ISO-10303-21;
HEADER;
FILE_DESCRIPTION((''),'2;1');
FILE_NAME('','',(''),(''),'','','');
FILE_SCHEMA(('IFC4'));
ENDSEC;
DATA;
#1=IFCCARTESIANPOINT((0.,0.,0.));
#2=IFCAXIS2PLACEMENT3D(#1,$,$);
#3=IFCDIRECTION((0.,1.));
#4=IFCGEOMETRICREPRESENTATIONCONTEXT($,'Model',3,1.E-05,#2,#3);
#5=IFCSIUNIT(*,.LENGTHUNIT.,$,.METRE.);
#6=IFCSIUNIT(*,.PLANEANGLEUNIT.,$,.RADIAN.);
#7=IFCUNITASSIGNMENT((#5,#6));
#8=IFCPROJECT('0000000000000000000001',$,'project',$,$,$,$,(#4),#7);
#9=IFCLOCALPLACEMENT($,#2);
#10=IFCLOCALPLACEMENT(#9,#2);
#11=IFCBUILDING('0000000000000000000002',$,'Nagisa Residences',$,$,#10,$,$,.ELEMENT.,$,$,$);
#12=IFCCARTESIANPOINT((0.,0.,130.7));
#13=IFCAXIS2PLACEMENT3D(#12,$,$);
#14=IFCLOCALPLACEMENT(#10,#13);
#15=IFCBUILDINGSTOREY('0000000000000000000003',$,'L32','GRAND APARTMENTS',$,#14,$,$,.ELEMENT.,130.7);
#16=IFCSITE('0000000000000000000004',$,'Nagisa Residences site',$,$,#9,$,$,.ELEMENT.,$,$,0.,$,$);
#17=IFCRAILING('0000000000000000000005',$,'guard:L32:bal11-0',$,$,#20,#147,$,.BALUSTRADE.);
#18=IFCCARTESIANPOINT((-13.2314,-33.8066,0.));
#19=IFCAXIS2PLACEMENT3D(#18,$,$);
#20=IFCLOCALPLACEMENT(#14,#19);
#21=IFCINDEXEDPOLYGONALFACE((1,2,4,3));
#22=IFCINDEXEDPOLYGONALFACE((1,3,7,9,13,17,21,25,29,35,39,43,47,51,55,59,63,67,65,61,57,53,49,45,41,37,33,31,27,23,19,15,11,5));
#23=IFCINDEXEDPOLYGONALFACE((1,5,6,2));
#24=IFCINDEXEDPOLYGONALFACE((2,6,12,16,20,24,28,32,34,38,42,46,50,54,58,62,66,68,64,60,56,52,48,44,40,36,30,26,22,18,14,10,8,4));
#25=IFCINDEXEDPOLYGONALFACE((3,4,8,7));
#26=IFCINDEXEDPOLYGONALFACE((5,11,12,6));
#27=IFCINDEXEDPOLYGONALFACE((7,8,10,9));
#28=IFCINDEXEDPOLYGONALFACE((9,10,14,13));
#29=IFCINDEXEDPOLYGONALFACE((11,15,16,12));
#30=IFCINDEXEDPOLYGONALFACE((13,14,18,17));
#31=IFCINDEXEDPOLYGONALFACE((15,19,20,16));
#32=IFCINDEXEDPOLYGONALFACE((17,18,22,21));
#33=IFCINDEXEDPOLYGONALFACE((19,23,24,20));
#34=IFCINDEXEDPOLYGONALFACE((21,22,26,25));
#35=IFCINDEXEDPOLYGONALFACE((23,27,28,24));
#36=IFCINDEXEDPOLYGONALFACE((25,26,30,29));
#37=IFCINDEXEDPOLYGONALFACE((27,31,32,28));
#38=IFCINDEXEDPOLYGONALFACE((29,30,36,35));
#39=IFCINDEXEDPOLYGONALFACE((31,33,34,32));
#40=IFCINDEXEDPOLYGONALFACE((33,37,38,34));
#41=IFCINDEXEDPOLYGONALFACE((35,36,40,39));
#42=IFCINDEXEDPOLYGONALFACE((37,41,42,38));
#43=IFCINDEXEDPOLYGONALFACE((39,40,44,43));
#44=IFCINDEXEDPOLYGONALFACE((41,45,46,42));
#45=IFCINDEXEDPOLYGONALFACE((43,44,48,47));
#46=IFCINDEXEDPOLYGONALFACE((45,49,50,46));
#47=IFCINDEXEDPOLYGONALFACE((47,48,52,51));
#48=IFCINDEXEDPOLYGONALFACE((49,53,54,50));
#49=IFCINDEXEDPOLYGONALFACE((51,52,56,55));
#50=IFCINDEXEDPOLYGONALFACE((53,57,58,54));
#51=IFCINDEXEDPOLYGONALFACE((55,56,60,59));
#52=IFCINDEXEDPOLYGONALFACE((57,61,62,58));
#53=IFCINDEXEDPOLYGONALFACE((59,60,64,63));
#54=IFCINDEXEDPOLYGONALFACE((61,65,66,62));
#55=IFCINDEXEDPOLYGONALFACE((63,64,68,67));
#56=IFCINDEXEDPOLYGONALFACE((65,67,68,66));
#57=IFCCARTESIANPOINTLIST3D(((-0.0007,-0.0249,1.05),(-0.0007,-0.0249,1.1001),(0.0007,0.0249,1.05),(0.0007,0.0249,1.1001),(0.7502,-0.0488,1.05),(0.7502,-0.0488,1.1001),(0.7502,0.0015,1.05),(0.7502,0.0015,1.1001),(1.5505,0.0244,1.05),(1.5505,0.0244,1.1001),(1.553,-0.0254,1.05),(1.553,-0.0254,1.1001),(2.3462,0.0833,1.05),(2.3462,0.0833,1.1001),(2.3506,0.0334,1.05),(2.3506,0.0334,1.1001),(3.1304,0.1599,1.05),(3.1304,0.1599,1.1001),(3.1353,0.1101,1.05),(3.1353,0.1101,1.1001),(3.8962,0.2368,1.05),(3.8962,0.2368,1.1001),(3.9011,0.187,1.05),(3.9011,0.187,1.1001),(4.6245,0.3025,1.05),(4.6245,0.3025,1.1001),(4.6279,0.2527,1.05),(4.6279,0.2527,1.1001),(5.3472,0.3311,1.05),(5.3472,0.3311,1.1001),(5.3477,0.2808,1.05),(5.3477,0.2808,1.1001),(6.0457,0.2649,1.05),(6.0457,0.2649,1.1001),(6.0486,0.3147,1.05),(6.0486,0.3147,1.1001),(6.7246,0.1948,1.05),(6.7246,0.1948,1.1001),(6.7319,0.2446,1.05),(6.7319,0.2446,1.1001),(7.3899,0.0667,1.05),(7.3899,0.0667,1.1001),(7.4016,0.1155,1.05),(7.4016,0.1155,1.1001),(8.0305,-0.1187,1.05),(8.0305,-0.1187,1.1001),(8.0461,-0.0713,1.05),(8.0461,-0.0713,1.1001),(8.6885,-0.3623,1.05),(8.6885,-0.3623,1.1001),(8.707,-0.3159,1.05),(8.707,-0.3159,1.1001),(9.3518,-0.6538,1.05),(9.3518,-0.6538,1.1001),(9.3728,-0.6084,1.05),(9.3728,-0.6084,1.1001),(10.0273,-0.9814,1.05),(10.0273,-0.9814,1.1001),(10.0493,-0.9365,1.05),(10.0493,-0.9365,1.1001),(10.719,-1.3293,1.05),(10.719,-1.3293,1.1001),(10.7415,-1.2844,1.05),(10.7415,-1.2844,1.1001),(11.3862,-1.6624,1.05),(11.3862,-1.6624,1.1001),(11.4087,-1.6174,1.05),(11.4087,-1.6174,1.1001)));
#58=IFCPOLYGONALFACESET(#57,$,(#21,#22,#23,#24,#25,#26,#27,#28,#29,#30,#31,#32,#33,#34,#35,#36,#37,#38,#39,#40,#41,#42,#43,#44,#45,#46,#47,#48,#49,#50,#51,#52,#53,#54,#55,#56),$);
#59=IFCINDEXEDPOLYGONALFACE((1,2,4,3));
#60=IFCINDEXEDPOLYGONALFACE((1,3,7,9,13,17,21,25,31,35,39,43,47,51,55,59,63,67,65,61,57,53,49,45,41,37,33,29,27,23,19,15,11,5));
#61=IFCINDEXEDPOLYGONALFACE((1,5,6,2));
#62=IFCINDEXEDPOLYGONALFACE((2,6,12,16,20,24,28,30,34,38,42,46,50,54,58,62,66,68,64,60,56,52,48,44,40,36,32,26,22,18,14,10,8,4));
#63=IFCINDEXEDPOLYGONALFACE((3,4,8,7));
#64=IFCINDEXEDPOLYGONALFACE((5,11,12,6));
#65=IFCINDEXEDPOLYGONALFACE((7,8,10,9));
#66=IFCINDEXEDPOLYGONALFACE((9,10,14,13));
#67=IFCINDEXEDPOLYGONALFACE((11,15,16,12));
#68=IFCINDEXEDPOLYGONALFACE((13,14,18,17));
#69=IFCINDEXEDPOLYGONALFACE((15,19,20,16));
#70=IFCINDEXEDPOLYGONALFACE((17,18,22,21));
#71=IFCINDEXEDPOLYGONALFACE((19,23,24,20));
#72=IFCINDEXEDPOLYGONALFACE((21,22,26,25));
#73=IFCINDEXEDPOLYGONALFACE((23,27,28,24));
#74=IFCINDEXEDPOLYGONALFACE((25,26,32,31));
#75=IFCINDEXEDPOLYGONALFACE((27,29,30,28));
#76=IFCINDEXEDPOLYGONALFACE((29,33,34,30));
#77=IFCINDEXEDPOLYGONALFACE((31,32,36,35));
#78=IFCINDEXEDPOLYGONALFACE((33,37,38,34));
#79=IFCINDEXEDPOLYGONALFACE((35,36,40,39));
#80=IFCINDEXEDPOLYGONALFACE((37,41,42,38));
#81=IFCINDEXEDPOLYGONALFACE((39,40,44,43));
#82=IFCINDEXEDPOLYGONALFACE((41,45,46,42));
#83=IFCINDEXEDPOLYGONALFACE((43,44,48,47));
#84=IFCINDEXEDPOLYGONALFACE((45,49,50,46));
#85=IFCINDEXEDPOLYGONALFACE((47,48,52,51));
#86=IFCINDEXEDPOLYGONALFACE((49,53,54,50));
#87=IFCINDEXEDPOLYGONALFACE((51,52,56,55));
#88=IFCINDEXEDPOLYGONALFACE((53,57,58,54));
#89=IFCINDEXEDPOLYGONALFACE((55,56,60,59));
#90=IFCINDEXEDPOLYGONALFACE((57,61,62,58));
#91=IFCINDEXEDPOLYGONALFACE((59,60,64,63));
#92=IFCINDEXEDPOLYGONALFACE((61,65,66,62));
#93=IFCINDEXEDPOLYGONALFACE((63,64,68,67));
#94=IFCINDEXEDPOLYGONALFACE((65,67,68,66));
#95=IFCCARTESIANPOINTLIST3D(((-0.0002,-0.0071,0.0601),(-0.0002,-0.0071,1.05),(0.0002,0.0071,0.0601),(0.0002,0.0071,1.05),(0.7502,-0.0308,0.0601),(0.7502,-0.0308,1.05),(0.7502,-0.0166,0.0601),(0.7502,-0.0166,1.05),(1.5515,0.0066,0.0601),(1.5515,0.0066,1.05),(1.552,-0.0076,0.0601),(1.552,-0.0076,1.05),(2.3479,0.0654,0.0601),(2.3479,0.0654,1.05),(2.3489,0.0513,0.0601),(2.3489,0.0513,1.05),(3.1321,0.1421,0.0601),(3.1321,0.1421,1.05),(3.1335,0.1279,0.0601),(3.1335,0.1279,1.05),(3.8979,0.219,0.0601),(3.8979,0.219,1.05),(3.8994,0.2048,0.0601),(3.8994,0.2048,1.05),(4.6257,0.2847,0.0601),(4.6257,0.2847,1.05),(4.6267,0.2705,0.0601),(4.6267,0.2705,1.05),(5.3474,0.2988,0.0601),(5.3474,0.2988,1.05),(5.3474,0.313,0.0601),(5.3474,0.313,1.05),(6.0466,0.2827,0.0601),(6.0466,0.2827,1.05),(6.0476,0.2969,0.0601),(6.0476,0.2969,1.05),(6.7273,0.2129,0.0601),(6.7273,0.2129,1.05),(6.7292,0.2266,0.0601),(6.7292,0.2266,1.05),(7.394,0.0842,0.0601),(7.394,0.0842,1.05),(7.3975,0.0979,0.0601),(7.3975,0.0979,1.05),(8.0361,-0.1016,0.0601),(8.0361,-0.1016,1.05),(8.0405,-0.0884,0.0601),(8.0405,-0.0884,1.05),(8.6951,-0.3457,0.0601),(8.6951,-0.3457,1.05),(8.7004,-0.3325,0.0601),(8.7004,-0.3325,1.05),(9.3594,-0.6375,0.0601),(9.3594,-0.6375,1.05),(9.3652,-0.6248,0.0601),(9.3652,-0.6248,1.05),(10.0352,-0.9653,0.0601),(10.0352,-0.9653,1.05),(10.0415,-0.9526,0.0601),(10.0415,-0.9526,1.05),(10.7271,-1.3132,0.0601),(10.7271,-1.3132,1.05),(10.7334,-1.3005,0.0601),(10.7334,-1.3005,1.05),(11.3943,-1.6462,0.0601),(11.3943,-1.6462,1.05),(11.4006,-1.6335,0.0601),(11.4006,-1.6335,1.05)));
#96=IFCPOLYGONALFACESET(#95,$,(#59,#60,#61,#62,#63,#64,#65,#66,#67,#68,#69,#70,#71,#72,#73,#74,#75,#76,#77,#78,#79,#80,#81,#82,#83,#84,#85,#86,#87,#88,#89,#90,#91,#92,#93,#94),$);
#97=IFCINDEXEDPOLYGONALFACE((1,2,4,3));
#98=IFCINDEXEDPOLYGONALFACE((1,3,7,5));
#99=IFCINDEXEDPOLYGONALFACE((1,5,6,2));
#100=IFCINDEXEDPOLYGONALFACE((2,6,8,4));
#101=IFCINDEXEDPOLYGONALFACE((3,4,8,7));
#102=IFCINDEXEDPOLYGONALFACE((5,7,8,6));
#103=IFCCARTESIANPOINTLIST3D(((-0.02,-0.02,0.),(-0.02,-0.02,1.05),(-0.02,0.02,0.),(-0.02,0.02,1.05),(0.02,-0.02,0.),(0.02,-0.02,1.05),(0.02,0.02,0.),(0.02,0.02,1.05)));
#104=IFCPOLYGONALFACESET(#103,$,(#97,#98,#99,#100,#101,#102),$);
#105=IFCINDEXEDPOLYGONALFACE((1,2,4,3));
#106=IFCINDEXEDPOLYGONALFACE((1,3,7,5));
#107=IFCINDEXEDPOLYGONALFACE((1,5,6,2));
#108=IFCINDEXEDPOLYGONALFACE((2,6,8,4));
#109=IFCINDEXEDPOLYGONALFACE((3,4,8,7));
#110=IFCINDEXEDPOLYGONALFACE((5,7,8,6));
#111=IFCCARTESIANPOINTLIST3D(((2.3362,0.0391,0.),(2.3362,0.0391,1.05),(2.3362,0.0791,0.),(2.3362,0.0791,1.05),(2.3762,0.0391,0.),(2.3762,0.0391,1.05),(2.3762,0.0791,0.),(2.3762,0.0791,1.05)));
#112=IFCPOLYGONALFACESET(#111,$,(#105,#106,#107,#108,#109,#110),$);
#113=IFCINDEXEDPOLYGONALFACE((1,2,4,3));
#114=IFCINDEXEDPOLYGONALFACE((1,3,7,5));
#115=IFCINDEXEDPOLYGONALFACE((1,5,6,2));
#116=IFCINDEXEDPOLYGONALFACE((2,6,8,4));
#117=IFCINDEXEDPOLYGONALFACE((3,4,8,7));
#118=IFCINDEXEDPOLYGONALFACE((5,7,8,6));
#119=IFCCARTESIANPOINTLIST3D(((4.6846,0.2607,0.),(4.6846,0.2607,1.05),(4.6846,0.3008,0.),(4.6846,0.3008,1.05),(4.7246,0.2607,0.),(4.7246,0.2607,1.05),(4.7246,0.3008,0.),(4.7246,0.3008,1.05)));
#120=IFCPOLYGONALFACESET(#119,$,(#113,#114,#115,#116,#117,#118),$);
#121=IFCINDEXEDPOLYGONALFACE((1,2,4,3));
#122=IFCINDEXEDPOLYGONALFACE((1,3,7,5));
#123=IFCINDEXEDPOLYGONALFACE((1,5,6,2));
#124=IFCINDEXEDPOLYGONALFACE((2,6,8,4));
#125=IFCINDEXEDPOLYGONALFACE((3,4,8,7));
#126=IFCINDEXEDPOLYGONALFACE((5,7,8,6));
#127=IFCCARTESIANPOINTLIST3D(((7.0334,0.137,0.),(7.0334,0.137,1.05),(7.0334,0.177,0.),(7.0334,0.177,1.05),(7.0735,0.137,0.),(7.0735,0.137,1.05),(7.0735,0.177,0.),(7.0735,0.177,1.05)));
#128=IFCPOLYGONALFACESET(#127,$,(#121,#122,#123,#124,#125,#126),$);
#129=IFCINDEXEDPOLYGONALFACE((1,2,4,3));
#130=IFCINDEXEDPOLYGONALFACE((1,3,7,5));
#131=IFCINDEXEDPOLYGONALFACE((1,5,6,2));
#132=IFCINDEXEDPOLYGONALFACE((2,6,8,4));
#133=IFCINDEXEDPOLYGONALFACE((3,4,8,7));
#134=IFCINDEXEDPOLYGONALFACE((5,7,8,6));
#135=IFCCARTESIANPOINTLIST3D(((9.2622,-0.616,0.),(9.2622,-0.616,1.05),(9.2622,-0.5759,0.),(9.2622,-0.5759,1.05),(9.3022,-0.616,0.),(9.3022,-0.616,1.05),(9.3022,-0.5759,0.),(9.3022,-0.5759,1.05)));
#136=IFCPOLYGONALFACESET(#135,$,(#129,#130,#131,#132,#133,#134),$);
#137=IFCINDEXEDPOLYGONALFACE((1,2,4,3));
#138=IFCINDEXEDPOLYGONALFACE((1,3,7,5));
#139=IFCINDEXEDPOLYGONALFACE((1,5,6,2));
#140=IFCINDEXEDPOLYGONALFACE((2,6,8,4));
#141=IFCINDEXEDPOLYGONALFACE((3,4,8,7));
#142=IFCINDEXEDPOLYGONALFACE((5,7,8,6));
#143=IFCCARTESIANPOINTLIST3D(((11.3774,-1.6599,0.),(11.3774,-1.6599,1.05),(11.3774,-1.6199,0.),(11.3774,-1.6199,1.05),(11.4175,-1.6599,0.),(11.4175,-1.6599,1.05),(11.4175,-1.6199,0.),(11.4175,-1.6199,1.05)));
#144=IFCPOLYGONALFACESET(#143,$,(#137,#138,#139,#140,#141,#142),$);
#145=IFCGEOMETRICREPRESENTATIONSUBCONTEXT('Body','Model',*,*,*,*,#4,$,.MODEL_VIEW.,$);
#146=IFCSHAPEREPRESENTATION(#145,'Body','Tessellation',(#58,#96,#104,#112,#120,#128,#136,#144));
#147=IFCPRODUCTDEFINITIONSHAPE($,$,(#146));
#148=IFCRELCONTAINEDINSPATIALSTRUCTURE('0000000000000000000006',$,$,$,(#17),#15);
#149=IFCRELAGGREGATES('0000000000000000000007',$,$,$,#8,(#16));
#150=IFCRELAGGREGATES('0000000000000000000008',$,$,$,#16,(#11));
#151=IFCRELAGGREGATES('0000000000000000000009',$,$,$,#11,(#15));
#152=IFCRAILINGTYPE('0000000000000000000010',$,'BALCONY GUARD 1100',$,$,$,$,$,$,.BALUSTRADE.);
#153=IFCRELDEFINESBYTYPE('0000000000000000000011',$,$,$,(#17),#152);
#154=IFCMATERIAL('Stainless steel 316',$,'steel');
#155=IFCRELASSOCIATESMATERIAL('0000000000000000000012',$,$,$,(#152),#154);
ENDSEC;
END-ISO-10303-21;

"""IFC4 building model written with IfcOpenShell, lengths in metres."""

from ifc_helpers import new_model, si_unit, direction, frame, origin, origin_2d, place, context, subcontext, project, spatial, polyline, rectangle, outline, extrude, material, type_object, element, save


model = new_model("IFC4")

# Units and contexts
model_context = context("Model", 3, precision=1e-05, world=origin(), true_north=direction((0.0, 1.0)))
body_context = subcontext(model_context, "Body", "Model", "MODEL_VIEW")
ifc_project = project(units=[si_unit("LENGTHUNIT", "METRE"), si_unit("PLANEANGLEUNIT", "RADIAN")], contexts=[model_context])

# Site, building, storey
site_placement = place(None, origin())
site = spatial("IfcSite", under=ifc_project, at=site_placement, Name="Nagisa Residences site", CompositionType="ELEMENT", RefElevation=0.0)
building_placement = place(site_placement, origin())
building = spatial("IfcBuilding", under=site, at=building_placement, Name="Nagisa Residences", CompositionType="ELEMENT")
storey_placement = place(building_placement, frame((0.0, 0.0, 130.7)))
storey = spatial("IfcBuildingStorey", under=building, at=storey_placement, Name="L32", Description="GRAND APARTMENTS", CompositionType="ELEMENT", Elevation=130.7)

# Railing
ifc_material_1 = material(Name="Stainless steel 316", Category="steel")
railing_type = type_object("IfcRailingType", Name="BALCONY GUARD 1100", PredefinedType="BALUSTRADE", material=ifc_material_1)
railing_1_placement = place(storey_placement, frame((-13.2314, -33.8066, 0.0)))
element("IfcRailing", 1, at=railing_1_placement, inside=storey, type_object=railing_type, Name="guard:L32:bal11-0", PredefinedType="BALUSTRADE", context=body_context, shape_type="SweptSolid", body=[
    extrude(outline(polyline([(0.7502, 0.0015), (0.0007, 0.0249), (-0.0007, -0.0249), (0.7502, -0.0488), (1.553, -0.0254), (2.3506, 0.0334), (3.1353, 0.1101), (3.9011, 0.187), (4.6279, 0.2527), (5.3477, 0.2808), (6.0457, 0.2649), (6.7246, 0.1948), (7.3899, 0.0667), (8.0305, -0.1187), (8.6885, -0.3623), (9.3518, -0.6538), (10.0273, -0.9814), (10.719, -1.3293), (11.3862, -1.6624), (11.4087, -1.6174), (10.7415, -1.2844), (10.0493, -0.9365), (9.3728, -0.6084), (8.707, -0.3159), (8.0461, -0.0713), (7.4016, 0.1155), (6.7319, 0.2446), (6.0486, 0.3147), (5.3472, 0.3311), (4.6245, 0.3025), (3.8962, 0.2368), (3.1304, 0.1599), (2.3462, 0.0833), (1.5505, 0.0244), (0.7502, 0.0015)])), frame((0.0, 0.0, 1.05)), (0.0, 0.0, 1.0), 0.05),
    extrude(outline(polyline([(0.7502, -0.0166), (0.0002, 0.0071), (-0.0002, -0.0071), (0.7502, -0.0308), (1.552, -0.0076), (2.3489, 0.0513), (3.1335, 0.1279), (3.8994, 0.2048), (4.6267, 0.2705), (5.3474, 0.2988), (6.0466, 0.2827), (6.7273, 0.2129), (7.394, 0.0842), (8.0361, -0.1016), (8.6951, -0.3457), (9.3594, -0.6375), (10.0352, -0.9653), (10.7271, -1.3132), (11.3943, -1.6462), (11.4006, -1.6335), (10.7334, -1.3005), (10.0415, -0.9526), (9.3652, -0.6248), (8.7004, -0.3325), (8.0405, -0.0884), (7.3975, 0.0979), (6.7292, 0.2266), (6.0476, 0.2969), (5.3474, 0.313), (4.6257, 0.2847), (3.8979, 0.219), (3.1321, 0.1421), (2.3479, 0.0654), (1.5515, 0.0066), (0.7502, -0.0166)])), frame((0.0, 0.0, 0.0601)), (0.0, 0.0, 1.0), 0.99),
    extrude(rectangle(XDim=0.04, YDim=0.04, at=origin_2d()), origin(), (0.0, 0.0, 1.0), 1.05),
    extrude(rectangle(XDim=0.04, YDim=0.04, at=origin_2d()), frame((2.3562, 0.0591, 0.0)), (0.0, 0.0, 1.0), 1.05),
    extrude(rectangle(XDim=0.04, YDim=0.04, at=origin_2d()), frame((4.7046, 0.2808, 0.0)), (0.0, 0.0, 1.0), 1.05),
    extrude(rectangle(XDim=0.04, YDim=0.04, at=origin_2d()), frame((7.0535, 0.157, 0.0)), (0.0, 0.0, 1.0), 1.05),
    extrude(rectangle(XDim=0.04, YDim=0.04, at=origin_2d()), frame((9.2822, -0.5959, 0.0)), (0.0, 0.0, 1.0), 1.05),
    extrude(rectangle(XDim=0.04, YDim=0.04, at=origin_2d()), frame((11.3975, -1.6399, 0.0)), (0.0, 0.0, 1.0), 1.05),
])

save(model, "model.ifc")
